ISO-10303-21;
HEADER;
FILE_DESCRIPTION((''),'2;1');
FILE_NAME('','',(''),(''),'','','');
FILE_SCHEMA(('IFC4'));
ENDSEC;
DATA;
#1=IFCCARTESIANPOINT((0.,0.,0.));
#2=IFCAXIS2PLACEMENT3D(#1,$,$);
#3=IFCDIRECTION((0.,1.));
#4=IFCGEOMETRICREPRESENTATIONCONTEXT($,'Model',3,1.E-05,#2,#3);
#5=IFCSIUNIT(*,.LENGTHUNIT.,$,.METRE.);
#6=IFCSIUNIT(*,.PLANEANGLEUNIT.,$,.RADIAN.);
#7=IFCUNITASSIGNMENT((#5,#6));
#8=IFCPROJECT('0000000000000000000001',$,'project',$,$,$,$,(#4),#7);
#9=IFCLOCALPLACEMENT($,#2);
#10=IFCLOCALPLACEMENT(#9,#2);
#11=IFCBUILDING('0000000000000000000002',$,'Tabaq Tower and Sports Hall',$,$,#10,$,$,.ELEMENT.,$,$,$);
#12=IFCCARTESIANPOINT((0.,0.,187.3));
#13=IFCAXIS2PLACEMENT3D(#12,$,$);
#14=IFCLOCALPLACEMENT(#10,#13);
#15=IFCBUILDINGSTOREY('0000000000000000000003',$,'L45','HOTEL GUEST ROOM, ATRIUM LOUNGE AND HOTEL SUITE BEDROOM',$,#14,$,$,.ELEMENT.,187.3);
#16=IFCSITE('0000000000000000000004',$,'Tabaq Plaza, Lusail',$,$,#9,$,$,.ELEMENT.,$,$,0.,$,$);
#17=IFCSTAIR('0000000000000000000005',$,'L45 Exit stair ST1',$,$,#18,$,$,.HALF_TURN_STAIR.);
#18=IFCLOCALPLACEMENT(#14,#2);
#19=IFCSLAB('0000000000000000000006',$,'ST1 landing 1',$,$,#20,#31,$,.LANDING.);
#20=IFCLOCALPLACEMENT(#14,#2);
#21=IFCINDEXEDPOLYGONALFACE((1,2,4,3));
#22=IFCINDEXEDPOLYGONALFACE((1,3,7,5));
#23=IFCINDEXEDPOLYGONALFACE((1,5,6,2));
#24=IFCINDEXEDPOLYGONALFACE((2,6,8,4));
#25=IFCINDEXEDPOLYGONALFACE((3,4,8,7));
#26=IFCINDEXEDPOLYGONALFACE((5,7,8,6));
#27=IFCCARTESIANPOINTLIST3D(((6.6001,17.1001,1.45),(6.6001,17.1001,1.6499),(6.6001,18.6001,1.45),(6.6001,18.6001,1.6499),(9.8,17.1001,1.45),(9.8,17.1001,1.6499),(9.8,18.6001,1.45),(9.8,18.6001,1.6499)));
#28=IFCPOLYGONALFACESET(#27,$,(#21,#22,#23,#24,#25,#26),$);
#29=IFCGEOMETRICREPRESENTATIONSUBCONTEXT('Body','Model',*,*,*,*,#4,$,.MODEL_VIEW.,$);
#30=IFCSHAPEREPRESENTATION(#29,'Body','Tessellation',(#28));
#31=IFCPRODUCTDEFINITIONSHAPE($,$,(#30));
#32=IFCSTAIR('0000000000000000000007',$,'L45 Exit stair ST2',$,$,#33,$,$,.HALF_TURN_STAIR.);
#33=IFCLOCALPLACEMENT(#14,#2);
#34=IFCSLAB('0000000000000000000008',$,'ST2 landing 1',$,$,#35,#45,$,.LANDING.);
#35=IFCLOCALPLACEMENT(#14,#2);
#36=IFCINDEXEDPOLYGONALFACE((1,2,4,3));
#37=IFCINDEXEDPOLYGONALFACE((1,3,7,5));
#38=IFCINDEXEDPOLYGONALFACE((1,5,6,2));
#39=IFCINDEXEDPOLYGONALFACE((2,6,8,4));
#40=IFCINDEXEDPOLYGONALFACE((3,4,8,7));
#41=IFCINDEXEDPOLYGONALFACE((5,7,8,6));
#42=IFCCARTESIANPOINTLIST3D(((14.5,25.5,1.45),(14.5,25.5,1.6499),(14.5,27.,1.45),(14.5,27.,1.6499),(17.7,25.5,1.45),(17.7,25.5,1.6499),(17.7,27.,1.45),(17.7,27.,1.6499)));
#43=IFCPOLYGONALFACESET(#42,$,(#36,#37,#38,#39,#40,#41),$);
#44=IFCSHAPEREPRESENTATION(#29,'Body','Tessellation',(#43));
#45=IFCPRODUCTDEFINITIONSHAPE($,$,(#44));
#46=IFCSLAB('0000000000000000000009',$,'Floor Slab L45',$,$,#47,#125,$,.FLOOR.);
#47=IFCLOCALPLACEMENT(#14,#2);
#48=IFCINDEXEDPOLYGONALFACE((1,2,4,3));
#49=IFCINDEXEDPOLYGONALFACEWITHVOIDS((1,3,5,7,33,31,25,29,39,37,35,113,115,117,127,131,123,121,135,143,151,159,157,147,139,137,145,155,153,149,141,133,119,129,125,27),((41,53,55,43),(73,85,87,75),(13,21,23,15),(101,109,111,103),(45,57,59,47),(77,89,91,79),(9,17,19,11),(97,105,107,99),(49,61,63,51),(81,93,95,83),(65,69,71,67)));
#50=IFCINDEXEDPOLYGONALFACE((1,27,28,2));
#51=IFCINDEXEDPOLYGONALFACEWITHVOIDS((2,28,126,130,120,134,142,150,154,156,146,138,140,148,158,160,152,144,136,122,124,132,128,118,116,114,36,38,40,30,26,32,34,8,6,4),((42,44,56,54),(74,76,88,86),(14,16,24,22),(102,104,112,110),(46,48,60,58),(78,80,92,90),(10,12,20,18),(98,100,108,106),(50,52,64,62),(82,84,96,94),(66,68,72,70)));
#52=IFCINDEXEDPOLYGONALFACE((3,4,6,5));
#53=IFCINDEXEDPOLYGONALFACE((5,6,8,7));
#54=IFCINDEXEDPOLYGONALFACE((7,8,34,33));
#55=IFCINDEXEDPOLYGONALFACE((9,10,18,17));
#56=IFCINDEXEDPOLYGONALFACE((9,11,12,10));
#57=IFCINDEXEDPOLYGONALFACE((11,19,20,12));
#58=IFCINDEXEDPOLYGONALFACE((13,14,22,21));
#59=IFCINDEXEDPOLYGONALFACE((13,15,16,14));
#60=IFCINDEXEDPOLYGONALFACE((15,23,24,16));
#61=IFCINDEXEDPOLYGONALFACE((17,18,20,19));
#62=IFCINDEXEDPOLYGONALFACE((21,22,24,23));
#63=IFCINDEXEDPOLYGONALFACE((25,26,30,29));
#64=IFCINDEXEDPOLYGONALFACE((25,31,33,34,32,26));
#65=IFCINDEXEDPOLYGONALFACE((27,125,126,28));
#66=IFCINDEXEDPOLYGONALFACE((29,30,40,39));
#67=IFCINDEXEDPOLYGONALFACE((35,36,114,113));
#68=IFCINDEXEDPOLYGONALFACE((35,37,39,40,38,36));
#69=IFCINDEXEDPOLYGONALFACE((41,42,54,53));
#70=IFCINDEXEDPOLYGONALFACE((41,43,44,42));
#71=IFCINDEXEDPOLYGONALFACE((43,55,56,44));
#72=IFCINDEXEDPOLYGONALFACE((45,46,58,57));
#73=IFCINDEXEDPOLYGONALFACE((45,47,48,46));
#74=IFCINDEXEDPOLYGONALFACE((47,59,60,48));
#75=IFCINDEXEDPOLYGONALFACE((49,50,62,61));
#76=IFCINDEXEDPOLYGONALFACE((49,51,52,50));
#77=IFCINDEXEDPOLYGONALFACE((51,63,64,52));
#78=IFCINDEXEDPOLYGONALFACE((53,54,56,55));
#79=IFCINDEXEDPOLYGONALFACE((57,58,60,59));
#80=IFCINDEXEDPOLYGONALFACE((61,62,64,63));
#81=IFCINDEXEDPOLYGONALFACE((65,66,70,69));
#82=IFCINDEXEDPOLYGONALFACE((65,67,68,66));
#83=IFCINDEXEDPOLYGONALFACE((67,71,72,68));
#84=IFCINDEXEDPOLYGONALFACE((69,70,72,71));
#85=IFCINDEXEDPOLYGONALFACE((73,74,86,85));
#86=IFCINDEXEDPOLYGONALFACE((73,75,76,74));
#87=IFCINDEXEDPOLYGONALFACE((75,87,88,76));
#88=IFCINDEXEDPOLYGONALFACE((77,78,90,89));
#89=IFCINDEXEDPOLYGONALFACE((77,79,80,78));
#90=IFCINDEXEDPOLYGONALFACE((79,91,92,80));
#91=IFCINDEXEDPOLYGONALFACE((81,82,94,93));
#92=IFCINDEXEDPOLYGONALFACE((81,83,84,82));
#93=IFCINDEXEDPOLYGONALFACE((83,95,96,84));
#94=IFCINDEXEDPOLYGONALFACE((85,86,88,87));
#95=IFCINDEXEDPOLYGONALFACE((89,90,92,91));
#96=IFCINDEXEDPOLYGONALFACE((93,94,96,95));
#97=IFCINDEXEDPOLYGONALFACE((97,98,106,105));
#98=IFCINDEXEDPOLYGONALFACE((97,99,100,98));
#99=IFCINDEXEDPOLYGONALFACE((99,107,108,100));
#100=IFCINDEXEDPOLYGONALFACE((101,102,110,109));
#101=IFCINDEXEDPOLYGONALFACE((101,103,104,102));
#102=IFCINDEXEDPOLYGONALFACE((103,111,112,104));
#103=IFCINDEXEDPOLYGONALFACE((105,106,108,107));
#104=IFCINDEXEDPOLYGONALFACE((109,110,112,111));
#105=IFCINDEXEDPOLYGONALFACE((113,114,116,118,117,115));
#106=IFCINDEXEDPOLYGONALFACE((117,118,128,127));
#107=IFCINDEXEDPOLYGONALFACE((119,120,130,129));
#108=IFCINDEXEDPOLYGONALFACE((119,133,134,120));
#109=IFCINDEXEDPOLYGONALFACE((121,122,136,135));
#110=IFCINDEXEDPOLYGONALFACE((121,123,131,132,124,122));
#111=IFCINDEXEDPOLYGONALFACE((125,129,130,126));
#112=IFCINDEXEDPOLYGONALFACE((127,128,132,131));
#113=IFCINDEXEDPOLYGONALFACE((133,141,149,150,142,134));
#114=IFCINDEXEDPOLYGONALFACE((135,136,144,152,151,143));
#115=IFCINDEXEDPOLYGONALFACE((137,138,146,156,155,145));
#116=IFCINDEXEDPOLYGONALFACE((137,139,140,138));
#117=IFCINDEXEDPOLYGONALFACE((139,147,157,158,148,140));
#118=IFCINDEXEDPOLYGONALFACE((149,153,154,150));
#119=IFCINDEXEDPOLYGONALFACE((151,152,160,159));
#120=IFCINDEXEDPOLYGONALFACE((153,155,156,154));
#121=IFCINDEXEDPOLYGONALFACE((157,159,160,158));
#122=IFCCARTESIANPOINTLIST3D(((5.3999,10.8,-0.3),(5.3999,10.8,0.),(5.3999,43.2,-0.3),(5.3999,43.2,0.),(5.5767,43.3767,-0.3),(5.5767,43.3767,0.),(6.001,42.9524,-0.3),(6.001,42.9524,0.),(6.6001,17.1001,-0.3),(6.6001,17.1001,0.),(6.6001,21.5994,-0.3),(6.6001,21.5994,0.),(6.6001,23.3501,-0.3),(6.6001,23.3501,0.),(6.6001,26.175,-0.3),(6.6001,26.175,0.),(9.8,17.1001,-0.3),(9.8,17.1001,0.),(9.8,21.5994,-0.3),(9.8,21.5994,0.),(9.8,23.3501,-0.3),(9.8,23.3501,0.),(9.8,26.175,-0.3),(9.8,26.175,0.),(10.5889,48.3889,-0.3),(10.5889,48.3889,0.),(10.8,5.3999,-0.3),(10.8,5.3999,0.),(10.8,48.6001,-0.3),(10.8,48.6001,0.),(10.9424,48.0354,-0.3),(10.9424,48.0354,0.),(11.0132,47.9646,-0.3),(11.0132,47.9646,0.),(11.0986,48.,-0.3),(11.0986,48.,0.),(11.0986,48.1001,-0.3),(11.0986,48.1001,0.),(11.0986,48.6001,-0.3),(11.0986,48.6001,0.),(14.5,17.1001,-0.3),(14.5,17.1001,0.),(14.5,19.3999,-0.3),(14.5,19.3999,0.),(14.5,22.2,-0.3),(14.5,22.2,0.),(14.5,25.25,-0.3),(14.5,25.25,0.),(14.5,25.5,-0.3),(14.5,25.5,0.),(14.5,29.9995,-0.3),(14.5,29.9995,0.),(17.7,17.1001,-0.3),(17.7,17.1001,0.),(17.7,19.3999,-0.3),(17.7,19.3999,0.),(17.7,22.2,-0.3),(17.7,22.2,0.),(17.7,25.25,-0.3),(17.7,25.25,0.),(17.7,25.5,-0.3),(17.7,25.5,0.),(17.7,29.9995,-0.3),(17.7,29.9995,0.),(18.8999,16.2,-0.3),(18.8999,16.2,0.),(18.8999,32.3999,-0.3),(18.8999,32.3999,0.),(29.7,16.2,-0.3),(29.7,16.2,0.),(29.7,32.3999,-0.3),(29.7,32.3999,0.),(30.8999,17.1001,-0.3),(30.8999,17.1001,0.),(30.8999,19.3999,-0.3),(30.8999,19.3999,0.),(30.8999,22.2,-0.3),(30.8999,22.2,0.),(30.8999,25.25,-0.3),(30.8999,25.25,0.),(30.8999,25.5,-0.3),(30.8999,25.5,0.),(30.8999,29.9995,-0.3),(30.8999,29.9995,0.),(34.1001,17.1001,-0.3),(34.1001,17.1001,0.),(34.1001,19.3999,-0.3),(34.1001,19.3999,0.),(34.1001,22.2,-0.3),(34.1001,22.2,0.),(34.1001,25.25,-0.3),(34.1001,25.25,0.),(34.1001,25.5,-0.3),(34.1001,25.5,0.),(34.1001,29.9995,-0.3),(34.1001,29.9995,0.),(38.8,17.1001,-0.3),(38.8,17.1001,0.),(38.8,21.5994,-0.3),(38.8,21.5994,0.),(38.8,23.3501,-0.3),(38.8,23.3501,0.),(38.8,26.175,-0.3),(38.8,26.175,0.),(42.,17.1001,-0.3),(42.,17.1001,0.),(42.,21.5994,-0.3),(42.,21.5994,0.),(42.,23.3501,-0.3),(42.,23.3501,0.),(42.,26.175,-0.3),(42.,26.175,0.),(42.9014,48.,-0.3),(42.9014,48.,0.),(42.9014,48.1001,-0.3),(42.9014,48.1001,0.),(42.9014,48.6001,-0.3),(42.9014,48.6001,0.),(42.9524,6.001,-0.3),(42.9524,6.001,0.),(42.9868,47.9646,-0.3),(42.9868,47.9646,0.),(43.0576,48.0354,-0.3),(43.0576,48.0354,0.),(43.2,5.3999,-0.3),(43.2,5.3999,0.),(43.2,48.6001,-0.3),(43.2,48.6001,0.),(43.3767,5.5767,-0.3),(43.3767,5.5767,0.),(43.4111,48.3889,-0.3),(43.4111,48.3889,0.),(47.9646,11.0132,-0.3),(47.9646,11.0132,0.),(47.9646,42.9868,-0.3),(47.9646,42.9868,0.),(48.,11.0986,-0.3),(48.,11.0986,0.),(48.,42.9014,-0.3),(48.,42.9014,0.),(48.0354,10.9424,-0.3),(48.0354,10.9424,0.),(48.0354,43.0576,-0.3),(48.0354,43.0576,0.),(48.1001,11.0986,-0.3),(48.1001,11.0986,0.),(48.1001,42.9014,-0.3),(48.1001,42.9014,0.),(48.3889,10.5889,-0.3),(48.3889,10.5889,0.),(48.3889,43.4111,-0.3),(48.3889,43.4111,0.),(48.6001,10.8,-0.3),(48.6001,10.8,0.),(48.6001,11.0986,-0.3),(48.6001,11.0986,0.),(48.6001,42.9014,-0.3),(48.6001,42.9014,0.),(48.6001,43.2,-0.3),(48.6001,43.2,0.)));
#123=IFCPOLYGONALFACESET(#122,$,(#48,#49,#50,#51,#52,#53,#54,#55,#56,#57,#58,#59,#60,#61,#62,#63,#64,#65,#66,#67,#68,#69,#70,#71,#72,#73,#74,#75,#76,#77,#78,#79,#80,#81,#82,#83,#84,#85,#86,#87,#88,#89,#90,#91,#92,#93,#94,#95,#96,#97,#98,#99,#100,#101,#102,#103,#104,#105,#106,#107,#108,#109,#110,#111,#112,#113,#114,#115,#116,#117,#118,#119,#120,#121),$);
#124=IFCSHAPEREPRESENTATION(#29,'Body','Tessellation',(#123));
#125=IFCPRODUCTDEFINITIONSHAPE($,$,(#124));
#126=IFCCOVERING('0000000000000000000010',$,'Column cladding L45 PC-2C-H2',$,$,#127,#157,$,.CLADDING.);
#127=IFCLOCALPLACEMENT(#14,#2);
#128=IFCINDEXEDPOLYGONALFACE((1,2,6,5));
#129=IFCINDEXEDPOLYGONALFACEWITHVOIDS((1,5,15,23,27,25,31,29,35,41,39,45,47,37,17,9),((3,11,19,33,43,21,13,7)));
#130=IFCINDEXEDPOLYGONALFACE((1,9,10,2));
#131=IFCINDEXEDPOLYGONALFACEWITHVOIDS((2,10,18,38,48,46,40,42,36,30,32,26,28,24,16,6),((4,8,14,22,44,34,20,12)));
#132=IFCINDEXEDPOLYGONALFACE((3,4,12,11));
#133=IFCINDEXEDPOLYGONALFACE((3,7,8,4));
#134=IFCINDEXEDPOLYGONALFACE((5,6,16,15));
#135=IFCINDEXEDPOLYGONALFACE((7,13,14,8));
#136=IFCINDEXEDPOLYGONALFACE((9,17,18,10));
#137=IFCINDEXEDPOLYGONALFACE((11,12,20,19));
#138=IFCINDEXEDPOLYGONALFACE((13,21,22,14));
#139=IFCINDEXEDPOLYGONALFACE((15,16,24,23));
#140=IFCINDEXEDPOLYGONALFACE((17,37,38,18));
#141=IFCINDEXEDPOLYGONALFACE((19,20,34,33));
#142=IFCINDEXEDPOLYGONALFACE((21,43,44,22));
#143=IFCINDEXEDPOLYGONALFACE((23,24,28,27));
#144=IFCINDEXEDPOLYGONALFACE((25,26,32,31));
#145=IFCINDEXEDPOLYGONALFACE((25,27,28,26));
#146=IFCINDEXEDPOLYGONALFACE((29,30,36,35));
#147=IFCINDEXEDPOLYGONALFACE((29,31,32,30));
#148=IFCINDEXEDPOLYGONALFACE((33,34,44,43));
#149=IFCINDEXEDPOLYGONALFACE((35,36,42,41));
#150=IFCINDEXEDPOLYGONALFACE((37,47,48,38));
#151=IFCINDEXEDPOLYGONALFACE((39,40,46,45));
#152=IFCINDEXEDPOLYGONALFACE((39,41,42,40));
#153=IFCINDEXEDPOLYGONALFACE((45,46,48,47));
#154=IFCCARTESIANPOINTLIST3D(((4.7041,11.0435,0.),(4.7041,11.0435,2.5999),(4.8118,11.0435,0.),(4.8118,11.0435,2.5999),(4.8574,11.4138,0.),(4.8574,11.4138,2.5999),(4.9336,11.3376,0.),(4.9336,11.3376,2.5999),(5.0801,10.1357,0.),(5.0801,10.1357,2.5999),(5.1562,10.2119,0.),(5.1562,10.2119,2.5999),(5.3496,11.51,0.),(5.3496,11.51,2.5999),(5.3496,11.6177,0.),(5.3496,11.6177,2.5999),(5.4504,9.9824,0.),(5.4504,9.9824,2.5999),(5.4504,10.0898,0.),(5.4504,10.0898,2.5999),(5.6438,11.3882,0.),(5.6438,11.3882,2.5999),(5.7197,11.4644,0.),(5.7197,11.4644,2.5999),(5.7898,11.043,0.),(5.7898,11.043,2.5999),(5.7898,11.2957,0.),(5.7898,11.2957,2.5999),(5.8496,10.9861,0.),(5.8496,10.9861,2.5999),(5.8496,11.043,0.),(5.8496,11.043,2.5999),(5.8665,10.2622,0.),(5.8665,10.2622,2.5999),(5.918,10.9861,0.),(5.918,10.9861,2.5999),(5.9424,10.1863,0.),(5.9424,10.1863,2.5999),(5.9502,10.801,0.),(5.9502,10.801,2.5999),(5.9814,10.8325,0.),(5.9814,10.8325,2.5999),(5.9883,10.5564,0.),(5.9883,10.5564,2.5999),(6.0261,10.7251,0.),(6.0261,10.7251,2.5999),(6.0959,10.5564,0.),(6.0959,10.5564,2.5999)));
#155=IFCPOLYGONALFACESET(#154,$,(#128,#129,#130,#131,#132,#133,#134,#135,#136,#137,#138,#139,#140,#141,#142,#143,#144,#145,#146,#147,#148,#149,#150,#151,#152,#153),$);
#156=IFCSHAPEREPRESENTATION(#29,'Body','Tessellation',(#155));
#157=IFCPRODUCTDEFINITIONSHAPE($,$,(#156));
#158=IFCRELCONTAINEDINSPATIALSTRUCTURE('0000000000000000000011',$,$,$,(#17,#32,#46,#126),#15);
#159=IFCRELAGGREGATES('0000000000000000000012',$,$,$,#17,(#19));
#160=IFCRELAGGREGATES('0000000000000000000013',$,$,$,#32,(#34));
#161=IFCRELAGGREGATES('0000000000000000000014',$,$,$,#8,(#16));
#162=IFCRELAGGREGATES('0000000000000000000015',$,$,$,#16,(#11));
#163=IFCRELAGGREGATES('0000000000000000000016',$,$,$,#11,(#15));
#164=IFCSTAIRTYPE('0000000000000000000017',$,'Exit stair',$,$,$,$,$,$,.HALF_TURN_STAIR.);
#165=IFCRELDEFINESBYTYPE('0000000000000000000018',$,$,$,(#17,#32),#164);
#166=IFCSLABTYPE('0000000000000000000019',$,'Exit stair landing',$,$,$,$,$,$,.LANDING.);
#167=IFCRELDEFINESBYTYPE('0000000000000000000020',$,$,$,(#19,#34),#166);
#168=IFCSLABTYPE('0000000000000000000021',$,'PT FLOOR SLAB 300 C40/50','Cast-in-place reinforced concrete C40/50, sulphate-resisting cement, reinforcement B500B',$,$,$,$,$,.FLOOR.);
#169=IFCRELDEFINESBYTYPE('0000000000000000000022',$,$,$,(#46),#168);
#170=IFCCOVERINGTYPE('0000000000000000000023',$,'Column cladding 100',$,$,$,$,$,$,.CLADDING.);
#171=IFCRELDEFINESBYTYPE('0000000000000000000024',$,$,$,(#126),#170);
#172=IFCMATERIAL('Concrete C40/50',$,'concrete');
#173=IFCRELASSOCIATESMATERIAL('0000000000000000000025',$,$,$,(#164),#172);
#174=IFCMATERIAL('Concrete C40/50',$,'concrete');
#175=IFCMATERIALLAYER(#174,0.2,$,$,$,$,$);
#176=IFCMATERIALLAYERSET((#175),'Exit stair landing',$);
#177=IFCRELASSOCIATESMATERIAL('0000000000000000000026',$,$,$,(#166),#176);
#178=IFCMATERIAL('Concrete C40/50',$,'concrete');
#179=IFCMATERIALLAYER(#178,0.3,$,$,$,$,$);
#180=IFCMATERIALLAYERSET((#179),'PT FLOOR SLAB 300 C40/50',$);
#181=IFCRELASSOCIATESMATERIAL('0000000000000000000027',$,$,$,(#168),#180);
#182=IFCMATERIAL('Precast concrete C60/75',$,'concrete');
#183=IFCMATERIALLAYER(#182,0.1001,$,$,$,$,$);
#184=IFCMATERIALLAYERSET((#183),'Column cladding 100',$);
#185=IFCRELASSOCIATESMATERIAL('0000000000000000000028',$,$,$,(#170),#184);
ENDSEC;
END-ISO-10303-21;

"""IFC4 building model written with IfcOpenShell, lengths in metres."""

from ifc_helpers import new_model, si_unit, direction, frame, origin, place, context, subcontext, project, spatial, polyline, outline, extrude, material, layer, layer_set, type_object, element, aggregate, save


model = new_model("IFC4")

# Units and contexts
model_context = context("Model", 3, precision=1e-05, world=origin(), true_north=direction((0.0, 1.0)))
body_context = subcontext(model_context, "Body", "Model", "MODEL_VIEW")
ifc_project = project(units=[si_unit("LENGTHUNIT", "METRE"), si_unit("PLANEANGLEUNIT", "RADIAN")], contexts=[model_context])

# Site, building, storey
site_placement = place(None, origin())
site = spatial("IfcSite", under=ifc_project, at=site_placement, Name="Tabaq Plaza, Lusail", CompositionType="ELEMENT", RefElevation=0.0)
building_placement = place(site_placement, origin())
building = spatial("IfcBuilding", under=site, at=building_placement, Name="Tabaq Tower and Sports Hall", CompositionType="ELEMENT")
storey_placement = place(building_placement, frame((0.0, 0.0, 187.3)))
storey = spatial("IfcBuildingStorey", under=building, at=storey_placement, Name="L45", Description="HOTEL GUEST ROOM, ATRIUM LOUNGE AND HOTEL SUITE BEDROOM", CompositionType="ELEMENT", Elevation=187.3)

# Stairs, slabs
ifc_material_1 = material(Name="Concrete C40/50", Category="concrete")
stair_type = type_object("IfcStairType", Name="Exit stair", PredefinedType="HALF_TURN_STAIR", material=ifc_material_1)
stair_1_placement = place(storey_placement, origin())
stair_1 = element("IfcStair", 1, at=stair_1_placement, inside=storey, type_object=stair_type, Name="L45 Exit stair ST1", PredefinedType="HALF_TURN_STAIR")
ifc_material_2 = material(Name="Concrete C40/50", Category="concrete")
ifc_layer_1 = layer(ifc_material_2, 0.2)
ifc_layer_set_1 = layer_set([ifc_layer_1], Name="Exit stair landing")
slab_type_1 = type_object("IfcSlabType", Name="Exit stair landing", PredefinedType="LANDING", material=ifc_layer_set_1)
slab_1_placement = place(storey_placement, frame((0.0, 0.0, 1.45)))
slab_1 = element("IfcSlab", 2, at=slab_1_placement, type_object=slab_type_1, Name="ST1 landing 1", PredefinedType="LANDING", context=body_context, shape_type="SweptSolid", body=[
    extrude(outline(polyline([(6.6001, 18.6001), (6.6001, 17.1001), (9.8, 17.1001), (9.8, 18.6001), (6.6001, 18.6001)])), origin(), (0.0, 0.0, 1.0), 0.2),
])
aggregate(stair_1, [slab_1])
stair_2_placement = place(storey_placement, origin())
stair_2 = element("IfcStair", 3, at=stair_2_placement, inside=storey, type_object=stair_type, Name="L45 Exit stair ST2", PredefinedType="HALF_TURN_STAIR")
slab_2_placement = place(storey_placement, frame((0.0, 0.0, 1.45)))
slab_2 = element("IfcSlab", 4, at=slab_2_placement, type_object=slab_type_1, Name="ST2 landing 1", PredefinedType="LANDING", context=body_context, shape_type="SweptSolid", body=[
    extrude(outline(polyline([(14.5, 27.0), (14.5, 25.5), (17.7, 25.5), (17.7, 27.0), (14.5, 27.0)])), origin(), (0.0, 0.0, 1.0), 0.2),
])
aggregate(stair_2, [slab_2])

# Slab
ifc_material_3 = material(Name="Concrete C40/50", Category="concrete")
ifc_layer_2 = layer(ifc_material_3, 0.3)
ifc_layer_set_2 = layer_set([ifc_layer_2], Name="PT FLOOR SLAB 300 C40/50")
slab_type_2 = type_object("IfcSlabType", Name="PT FLOOR SLAB 300 C40/50", Description="Cast-in-place reinforced concrete C40/50, sulphate-resisting cement, reinforcement B500B", PredefinedType="FLOOR", material=ifc_layer_set_2)
slab_3_placement = place(storey_placement, frame((0.0, 0.0, -0.3)))
element("IfcSlab", 5, at=slab_3_placement, inside=storey, type_object=slab_type_2, Name="Floor Slab L45", PredefinedType="FLOOR", context=body_context, shape_type="SweptSolid", body=[
    extrude(outline(polyline([(5.3999, 43.2), (5.3999, 10.8), (10.8, 5.3999), (43.2, 5.3999), (43.3767, 5.5767), (42.9524, 6.001), (47.9646, 11.0132), (48.0354, 10.9424), (48.3889, 10.5889), (48.6001, 10.8), (48.6001, 11.0986), (48.1001, 11.0986), (48.0, 11.0986), (48.0, 42.9014), (48.1001, 42.9014), (48.6001, 42.9014), (48.6001, 43.2), (48.3889, 43.4111), (48.0354, 43.0576), (47.9646, 42.9868), (42.9868, 47.9646), (43.0576, 48.0354), (43.4111, 48.3889), (43.2, 48.6001), (42.9014, 48.6001), (42.9014, 48.1001), (42.9014, 48.0), (11.0986, 48.0), (11.0986, 48.1001), (11.0986, 48.6001), (10.8, 48.6001), (10.5889, 48.3889), (10.9424, 48.0354), (11.0132, 47.9646), (6.001, 42.9524), (5.5767, 43.3767), (5.3999, 43.2)]), holes=[polyline([(14.5, 19.3999), (17.7, 19.3999), (17.7, 17.1001), (14.5, 17.1001), (14.5, 19.3999)]), polyline([(6.6001, 21.5994), (9.8, 21.5994), (9.8, 17.1001), (6.6001, 17.1001), (6.6001, 21.5994)]), polyline([(14.5, 25.25), (17.7, 25.25), (17.7, 22.2), (14.5, 22.2), (14.5, 25.25)]), polyline([(18.8999, 32.3999), (29.7, 32.3999), (29.7, 16.2), (18.8999, 16.2), (18.8999, 32.3999)]), polyline([(9.8, 26.175), (9.8, 23.3501), (6.6001, 23.3501), (6.6001, 26.175), (9.8, 26.175)]), polyline([(14.5, 29.9995), (17.7, 29.9995), (17.7, 25.5), (14.5, 25.5), (14.5, 29.9995)]), polyline([(34.1001, 19.3999), (34.1001, 17.1001), (30.8999, 17.1001), (30.8999, 19.3999), (34.1001, 19.3999)]), polyline([(42.0, 21.5994), (42.0, 17.1001), (38.8, 17.1001), (38.8, 21.5994), (42.0, 21.5994)]), polyline([(30.8999, 25.25), (34.1001, 25.25), (34.1001, 22.2), (30.8999, 22.2), (30.8999, 25.25)]), polyline([(42.0, 26.175), (42.0, 23.3501), (38.8, 23.3501), (38.8, 26.175), (42.0, 26.175)]), polyline([(34.1001, 29.9995), (34.1001, 25.5), (30.8999, 25.5), (30.8999, 29.9995), (34.1001, 29.9995)])]), origin(), (0.0, 0.0, 1.0), 0.3),
])

# Covering
ifc_material_4 = material(Name="Precast concrete C60/75", Category="concrete")
ifc_layer_3 = layer(ifc_material_4, 0.1001)
ifc_layer_set_3 = layer_set([ifc_layer_3], Name="Column cladding 100")
covering_type = type_object("IfcCoveringType", Name="Column cladding 100", PredefinedType="CLADDING", material=ifc_layer_set_3)
covering_1_placement = place(storey_placement, origin())
element("IfcCovering", 6, at=covering_1_placement, inside=storey, type_object=covering_type, Name="Column cladding L45 PC-2C-H2", PredefinedType="CLADDING", context=body_context, shape_type="SweptSolid", body=[
    extrude(outline(polyline([(5.4504, 9.9824), (5.0801, 10.1357), (4.7041, 11.0435), (4.8574, 11.4138), (5.3496, 11.6177), (5.7197, 11.4644), (5.7898, 11.2957), (5.7898, 11.043), (5.8496, 11.043), (5.8496, 10.9861), (5.918, 10.9861), (5.9814, 10.8325), (5.9502, 10.801), (6.0261, 10.7251), (6.0959, 10.5564), (5.9424, 10.1863), (5.4504, 9.9824)]), holes=[polyline([(5.3496, 11.51), (4.9336, 11.3376), (4.8118, 11.0435), (5.1562, 10.2119), (5.4504, 10.0898), (5.8665, 10.2622), (5.9883, 10.5564), (5.6438, 11.3882), (5.3496, 11.51)])]), origin(), (0.0, 0.0, 1.0), 2.5999),
])

save(model, "model.ifc")
